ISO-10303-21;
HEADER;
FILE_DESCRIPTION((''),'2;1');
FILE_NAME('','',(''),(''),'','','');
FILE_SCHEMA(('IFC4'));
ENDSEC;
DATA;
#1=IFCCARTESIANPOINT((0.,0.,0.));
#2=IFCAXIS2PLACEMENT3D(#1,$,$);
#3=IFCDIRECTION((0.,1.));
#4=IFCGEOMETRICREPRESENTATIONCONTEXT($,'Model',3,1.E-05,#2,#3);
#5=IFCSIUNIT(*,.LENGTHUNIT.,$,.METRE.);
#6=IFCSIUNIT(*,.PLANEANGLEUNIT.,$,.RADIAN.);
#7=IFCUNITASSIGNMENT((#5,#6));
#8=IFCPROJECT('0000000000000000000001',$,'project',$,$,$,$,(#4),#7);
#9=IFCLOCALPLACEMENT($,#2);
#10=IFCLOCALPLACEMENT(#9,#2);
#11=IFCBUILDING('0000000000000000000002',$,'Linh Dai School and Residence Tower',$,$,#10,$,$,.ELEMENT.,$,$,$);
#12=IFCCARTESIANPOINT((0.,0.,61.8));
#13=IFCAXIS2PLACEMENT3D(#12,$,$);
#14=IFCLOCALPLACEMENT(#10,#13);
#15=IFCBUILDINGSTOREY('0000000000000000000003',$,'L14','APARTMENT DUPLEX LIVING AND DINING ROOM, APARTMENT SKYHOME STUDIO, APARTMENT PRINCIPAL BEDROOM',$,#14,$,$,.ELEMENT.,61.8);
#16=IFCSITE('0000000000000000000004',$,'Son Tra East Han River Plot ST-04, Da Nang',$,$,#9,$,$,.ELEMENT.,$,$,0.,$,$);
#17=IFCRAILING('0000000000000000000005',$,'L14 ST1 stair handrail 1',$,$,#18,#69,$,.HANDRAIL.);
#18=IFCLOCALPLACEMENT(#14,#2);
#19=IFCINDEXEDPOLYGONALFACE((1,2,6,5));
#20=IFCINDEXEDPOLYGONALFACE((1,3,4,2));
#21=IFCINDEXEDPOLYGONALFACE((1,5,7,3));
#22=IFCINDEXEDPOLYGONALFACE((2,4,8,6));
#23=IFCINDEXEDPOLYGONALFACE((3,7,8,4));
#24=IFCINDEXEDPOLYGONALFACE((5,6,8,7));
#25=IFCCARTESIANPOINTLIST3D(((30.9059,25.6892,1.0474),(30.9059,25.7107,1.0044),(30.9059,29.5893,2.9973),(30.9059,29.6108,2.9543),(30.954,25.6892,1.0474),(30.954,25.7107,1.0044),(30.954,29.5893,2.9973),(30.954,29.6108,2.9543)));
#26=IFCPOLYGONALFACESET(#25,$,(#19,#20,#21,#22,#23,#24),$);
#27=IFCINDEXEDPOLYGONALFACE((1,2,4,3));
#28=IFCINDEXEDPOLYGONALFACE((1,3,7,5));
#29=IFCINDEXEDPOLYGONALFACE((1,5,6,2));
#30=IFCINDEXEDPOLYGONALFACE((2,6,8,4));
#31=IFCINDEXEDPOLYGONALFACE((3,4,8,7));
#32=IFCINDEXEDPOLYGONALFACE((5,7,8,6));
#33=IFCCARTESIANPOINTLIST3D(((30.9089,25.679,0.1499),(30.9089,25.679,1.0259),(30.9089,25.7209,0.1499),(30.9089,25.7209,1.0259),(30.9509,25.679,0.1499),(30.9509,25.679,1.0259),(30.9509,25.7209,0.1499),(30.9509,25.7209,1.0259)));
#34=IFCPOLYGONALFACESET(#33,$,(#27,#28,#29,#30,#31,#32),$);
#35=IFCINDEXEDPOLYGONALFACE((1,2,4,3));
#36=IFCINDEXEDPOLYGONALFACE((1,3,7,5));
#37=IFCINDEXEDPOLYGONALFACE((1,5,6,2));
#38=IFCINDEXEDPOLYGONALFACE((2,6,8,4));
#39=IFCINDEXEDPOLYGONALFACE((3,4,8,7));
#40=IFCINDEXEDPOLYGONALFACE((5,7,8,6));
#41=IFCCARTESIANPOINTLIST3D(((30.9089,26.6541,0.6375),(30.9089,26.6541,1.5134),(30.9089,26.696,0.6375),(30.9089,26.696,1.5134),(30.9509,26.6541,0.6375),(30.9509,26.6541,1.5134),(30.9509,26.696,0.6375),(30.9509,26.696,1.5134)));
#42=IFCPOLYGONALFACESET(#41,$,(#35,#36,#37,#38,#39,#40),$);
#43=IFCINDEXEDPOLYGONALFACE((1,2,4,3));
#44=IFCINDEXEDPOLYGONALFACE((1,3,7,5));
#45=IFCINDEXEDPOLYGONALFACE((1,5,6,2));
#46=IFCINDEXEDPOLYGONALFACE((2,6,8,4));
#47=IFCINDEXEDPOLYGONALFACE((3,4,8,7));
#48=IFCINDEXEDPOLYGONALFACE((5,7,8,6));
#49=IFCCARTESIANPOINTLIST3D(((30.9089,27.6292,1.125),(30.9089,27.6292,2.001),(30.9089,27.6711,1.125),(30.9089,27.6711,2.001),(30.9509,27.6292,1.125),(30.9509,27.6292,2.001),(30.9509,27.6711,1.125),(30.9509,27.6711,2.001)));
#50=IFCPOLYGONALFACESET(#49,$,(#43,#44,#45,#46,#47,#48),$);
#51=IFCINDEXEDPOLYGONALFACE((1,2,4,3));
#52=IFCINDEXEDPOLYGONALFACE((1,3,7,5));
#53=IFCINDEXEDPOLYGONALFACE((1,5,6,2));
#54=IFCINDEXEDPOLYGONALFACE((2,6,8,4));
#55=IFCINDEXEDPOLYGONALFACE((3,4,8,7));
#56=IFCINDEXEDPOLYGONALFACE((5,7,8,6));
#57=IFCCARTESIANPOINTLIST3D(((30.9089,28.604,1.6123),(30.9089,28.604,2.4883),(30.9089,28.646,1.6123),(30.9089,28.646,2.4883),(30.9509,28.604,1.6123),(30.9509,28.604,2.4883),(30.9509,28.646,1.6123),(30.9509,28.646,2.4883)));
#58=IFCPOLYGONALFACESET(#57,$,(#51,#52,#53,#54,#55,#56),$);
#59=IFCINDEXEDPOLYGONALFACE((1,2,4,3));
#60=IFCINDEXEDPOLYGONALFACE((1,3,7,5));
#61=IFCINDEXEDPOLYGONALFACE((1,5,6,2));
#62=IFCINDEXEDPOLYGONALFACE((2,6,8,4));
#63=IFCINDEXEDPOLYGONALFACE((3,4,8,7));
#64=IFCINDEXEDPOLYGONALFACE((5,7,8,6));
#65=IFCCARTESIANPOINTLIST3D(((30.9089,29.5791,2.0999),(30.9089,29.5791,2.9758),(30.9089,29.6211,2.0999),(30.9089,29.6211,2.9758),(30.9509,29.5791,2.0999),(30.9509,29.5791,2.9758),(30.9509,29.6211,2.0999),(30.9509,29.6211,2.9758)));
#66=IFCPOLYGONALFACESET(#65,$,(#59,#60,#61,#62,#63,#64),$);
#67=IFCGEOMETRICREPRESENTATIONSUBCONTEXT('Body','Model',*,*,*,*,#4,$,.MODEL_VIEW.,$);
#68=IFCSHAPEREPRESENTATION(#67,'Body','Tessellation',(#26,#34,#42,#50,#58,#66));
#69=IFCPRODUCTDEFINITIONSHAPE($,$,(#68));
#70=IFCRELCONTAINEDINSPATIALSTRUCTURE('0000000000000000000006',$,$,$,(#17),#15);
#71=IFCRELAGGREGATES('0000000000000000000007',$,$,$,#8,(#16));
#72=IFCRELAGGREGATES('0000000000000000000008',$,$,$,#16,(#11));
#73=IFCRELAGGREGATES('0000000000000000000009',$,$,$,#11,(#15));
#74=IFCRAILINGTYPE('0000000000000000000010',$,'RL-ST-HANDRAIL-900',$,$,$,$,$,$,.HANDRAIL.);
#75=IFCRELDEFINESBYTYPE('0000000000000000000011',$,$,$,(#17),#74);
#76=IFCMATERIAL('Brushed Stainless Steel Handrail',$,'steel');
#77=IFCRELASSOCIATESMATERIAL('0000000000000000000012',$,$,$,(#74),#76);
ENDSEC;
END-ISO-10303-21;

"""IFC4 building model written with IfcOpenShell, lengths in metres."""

from ifc_helpers import new_model, si_unit, direction, frame, origin, origin_2d, place, context, subcontext, project, spatial, rectangle, extrude, source, transform, mapped, material, type_object, element, save


model = new_model("IFC4")

# Units and contexts
model_context = context("Model", 3, precision=1e-05, world=origin(), true_north=direction((0.0, 1.0)))
body_context = subcontext(model_context, "Body", "Model", "MODEL_VIEW")
ifc_project = project(units=[si_unit("LENGTHUNIT", "METRE"), si_unit("PLANEANGLEUNIT", "RADIAN")], contexts=[model_context])

# Site, building, storey
site_placement = place(None, origin())
site = spatial("IfcSite", under=ifc_project, at=site_placement, Name="Son Tra East Han River Plot ST-04, Da Nang", CompositionType="ELEMENT", RefElevation=0.0)
building_placement = place(site_placement, origin())
building = spatial("IfcBuilding", under=site, at=building_placement, Name="Linh Dai School and Residence Tower", CompositionType="ELEMENT")
storey_placement = place(building_placement, frame((0.0, 0.0, 61.8)))
storey = spatial("IfcBuildingStorey", under=building, at=storey_placement, Name="L14", Description="APARTMENT DUPLEX LIVING AND DINING ROOM, APARTMENT SKYHOME STUDIO, APARTMENT PRINCIPAL BEDROOM", CompositionType="ELEMENT", Elevation=61.8)

# Railing
ifc_material_1 = material(Name="Brushed Stainless Steel Handrail", Category="steel")
railing_type_1 = type_object("IfcRailingType", Name="RL-ST-HANDRAIL-900", PredefinedType="HANDRAIL", material=ifc_material_1)
shared_shape_1 = source(origin(), body_context, "Body", "SweptSolid", [
    extrude(rectangle(XDim=0.0481, YDim=0.0481, at=origin_2d()), frame((0.0, 0.0, 0.876), z_axis=(0.0, 0.894438, 0.447191), x_axis=(-1.0, 0.0, 0.0)), (0.0, 0.0, 1.0), 4.3604),
    extrude(rectangle(XDim=0.042, YDim=0.042, at=origin_2d()), origin(), (0.0, 0.0, 1.0), 0.876),
    extrude(rectangle(XDim=0.042, YDim=0.042, at=origin_2d()), frame((0.0, 0.9751, 0.4875)), (0.0, 0.0, 1.0), 0.876),
    extrude(rectangle(XDim=0.042, YDim=0.042, at=origin_2d()), frame((0.0, 1.9502, 0.9751)), (0.0, 0.0, 1.0), 0.876),
    extrude(rectangle(XDim=0.042, YDim=0.042, at=origin_2d()), frame((0.0, 2.925, 1.4624)), (0.0, 0.0, 1.0), 0.876),
    extrude(rectangle(XDim=0.042, YDim=0.042, at=origin_2d()), frame((0.0, 3.9001, 1.95)), (0.0, 0.0, 1.0), 0.876),
])
railing_1_placement = place(storey_placement, frame((30.9299, 25.7, 0.1499)))
element("IfcRailing", 1, at=railing_1_placement, inside=storey, type_object=railing_type_1, Name="L14 ST1 stair handrail 1", PredefinedType="HANDRAIL", context=body_context, shape_type="MappedRepresentation", body=[
    mapped(shared_shape_1, transform((0.0, 0.0, 0.0), x_axis=(1.0, 0.0, 0.0), y_axis=(0.0, 1.0, 0.0), z_axis=(0.0, 0.0, 1.0), scale=1.0)),
])

save(model, "model.ifc")
